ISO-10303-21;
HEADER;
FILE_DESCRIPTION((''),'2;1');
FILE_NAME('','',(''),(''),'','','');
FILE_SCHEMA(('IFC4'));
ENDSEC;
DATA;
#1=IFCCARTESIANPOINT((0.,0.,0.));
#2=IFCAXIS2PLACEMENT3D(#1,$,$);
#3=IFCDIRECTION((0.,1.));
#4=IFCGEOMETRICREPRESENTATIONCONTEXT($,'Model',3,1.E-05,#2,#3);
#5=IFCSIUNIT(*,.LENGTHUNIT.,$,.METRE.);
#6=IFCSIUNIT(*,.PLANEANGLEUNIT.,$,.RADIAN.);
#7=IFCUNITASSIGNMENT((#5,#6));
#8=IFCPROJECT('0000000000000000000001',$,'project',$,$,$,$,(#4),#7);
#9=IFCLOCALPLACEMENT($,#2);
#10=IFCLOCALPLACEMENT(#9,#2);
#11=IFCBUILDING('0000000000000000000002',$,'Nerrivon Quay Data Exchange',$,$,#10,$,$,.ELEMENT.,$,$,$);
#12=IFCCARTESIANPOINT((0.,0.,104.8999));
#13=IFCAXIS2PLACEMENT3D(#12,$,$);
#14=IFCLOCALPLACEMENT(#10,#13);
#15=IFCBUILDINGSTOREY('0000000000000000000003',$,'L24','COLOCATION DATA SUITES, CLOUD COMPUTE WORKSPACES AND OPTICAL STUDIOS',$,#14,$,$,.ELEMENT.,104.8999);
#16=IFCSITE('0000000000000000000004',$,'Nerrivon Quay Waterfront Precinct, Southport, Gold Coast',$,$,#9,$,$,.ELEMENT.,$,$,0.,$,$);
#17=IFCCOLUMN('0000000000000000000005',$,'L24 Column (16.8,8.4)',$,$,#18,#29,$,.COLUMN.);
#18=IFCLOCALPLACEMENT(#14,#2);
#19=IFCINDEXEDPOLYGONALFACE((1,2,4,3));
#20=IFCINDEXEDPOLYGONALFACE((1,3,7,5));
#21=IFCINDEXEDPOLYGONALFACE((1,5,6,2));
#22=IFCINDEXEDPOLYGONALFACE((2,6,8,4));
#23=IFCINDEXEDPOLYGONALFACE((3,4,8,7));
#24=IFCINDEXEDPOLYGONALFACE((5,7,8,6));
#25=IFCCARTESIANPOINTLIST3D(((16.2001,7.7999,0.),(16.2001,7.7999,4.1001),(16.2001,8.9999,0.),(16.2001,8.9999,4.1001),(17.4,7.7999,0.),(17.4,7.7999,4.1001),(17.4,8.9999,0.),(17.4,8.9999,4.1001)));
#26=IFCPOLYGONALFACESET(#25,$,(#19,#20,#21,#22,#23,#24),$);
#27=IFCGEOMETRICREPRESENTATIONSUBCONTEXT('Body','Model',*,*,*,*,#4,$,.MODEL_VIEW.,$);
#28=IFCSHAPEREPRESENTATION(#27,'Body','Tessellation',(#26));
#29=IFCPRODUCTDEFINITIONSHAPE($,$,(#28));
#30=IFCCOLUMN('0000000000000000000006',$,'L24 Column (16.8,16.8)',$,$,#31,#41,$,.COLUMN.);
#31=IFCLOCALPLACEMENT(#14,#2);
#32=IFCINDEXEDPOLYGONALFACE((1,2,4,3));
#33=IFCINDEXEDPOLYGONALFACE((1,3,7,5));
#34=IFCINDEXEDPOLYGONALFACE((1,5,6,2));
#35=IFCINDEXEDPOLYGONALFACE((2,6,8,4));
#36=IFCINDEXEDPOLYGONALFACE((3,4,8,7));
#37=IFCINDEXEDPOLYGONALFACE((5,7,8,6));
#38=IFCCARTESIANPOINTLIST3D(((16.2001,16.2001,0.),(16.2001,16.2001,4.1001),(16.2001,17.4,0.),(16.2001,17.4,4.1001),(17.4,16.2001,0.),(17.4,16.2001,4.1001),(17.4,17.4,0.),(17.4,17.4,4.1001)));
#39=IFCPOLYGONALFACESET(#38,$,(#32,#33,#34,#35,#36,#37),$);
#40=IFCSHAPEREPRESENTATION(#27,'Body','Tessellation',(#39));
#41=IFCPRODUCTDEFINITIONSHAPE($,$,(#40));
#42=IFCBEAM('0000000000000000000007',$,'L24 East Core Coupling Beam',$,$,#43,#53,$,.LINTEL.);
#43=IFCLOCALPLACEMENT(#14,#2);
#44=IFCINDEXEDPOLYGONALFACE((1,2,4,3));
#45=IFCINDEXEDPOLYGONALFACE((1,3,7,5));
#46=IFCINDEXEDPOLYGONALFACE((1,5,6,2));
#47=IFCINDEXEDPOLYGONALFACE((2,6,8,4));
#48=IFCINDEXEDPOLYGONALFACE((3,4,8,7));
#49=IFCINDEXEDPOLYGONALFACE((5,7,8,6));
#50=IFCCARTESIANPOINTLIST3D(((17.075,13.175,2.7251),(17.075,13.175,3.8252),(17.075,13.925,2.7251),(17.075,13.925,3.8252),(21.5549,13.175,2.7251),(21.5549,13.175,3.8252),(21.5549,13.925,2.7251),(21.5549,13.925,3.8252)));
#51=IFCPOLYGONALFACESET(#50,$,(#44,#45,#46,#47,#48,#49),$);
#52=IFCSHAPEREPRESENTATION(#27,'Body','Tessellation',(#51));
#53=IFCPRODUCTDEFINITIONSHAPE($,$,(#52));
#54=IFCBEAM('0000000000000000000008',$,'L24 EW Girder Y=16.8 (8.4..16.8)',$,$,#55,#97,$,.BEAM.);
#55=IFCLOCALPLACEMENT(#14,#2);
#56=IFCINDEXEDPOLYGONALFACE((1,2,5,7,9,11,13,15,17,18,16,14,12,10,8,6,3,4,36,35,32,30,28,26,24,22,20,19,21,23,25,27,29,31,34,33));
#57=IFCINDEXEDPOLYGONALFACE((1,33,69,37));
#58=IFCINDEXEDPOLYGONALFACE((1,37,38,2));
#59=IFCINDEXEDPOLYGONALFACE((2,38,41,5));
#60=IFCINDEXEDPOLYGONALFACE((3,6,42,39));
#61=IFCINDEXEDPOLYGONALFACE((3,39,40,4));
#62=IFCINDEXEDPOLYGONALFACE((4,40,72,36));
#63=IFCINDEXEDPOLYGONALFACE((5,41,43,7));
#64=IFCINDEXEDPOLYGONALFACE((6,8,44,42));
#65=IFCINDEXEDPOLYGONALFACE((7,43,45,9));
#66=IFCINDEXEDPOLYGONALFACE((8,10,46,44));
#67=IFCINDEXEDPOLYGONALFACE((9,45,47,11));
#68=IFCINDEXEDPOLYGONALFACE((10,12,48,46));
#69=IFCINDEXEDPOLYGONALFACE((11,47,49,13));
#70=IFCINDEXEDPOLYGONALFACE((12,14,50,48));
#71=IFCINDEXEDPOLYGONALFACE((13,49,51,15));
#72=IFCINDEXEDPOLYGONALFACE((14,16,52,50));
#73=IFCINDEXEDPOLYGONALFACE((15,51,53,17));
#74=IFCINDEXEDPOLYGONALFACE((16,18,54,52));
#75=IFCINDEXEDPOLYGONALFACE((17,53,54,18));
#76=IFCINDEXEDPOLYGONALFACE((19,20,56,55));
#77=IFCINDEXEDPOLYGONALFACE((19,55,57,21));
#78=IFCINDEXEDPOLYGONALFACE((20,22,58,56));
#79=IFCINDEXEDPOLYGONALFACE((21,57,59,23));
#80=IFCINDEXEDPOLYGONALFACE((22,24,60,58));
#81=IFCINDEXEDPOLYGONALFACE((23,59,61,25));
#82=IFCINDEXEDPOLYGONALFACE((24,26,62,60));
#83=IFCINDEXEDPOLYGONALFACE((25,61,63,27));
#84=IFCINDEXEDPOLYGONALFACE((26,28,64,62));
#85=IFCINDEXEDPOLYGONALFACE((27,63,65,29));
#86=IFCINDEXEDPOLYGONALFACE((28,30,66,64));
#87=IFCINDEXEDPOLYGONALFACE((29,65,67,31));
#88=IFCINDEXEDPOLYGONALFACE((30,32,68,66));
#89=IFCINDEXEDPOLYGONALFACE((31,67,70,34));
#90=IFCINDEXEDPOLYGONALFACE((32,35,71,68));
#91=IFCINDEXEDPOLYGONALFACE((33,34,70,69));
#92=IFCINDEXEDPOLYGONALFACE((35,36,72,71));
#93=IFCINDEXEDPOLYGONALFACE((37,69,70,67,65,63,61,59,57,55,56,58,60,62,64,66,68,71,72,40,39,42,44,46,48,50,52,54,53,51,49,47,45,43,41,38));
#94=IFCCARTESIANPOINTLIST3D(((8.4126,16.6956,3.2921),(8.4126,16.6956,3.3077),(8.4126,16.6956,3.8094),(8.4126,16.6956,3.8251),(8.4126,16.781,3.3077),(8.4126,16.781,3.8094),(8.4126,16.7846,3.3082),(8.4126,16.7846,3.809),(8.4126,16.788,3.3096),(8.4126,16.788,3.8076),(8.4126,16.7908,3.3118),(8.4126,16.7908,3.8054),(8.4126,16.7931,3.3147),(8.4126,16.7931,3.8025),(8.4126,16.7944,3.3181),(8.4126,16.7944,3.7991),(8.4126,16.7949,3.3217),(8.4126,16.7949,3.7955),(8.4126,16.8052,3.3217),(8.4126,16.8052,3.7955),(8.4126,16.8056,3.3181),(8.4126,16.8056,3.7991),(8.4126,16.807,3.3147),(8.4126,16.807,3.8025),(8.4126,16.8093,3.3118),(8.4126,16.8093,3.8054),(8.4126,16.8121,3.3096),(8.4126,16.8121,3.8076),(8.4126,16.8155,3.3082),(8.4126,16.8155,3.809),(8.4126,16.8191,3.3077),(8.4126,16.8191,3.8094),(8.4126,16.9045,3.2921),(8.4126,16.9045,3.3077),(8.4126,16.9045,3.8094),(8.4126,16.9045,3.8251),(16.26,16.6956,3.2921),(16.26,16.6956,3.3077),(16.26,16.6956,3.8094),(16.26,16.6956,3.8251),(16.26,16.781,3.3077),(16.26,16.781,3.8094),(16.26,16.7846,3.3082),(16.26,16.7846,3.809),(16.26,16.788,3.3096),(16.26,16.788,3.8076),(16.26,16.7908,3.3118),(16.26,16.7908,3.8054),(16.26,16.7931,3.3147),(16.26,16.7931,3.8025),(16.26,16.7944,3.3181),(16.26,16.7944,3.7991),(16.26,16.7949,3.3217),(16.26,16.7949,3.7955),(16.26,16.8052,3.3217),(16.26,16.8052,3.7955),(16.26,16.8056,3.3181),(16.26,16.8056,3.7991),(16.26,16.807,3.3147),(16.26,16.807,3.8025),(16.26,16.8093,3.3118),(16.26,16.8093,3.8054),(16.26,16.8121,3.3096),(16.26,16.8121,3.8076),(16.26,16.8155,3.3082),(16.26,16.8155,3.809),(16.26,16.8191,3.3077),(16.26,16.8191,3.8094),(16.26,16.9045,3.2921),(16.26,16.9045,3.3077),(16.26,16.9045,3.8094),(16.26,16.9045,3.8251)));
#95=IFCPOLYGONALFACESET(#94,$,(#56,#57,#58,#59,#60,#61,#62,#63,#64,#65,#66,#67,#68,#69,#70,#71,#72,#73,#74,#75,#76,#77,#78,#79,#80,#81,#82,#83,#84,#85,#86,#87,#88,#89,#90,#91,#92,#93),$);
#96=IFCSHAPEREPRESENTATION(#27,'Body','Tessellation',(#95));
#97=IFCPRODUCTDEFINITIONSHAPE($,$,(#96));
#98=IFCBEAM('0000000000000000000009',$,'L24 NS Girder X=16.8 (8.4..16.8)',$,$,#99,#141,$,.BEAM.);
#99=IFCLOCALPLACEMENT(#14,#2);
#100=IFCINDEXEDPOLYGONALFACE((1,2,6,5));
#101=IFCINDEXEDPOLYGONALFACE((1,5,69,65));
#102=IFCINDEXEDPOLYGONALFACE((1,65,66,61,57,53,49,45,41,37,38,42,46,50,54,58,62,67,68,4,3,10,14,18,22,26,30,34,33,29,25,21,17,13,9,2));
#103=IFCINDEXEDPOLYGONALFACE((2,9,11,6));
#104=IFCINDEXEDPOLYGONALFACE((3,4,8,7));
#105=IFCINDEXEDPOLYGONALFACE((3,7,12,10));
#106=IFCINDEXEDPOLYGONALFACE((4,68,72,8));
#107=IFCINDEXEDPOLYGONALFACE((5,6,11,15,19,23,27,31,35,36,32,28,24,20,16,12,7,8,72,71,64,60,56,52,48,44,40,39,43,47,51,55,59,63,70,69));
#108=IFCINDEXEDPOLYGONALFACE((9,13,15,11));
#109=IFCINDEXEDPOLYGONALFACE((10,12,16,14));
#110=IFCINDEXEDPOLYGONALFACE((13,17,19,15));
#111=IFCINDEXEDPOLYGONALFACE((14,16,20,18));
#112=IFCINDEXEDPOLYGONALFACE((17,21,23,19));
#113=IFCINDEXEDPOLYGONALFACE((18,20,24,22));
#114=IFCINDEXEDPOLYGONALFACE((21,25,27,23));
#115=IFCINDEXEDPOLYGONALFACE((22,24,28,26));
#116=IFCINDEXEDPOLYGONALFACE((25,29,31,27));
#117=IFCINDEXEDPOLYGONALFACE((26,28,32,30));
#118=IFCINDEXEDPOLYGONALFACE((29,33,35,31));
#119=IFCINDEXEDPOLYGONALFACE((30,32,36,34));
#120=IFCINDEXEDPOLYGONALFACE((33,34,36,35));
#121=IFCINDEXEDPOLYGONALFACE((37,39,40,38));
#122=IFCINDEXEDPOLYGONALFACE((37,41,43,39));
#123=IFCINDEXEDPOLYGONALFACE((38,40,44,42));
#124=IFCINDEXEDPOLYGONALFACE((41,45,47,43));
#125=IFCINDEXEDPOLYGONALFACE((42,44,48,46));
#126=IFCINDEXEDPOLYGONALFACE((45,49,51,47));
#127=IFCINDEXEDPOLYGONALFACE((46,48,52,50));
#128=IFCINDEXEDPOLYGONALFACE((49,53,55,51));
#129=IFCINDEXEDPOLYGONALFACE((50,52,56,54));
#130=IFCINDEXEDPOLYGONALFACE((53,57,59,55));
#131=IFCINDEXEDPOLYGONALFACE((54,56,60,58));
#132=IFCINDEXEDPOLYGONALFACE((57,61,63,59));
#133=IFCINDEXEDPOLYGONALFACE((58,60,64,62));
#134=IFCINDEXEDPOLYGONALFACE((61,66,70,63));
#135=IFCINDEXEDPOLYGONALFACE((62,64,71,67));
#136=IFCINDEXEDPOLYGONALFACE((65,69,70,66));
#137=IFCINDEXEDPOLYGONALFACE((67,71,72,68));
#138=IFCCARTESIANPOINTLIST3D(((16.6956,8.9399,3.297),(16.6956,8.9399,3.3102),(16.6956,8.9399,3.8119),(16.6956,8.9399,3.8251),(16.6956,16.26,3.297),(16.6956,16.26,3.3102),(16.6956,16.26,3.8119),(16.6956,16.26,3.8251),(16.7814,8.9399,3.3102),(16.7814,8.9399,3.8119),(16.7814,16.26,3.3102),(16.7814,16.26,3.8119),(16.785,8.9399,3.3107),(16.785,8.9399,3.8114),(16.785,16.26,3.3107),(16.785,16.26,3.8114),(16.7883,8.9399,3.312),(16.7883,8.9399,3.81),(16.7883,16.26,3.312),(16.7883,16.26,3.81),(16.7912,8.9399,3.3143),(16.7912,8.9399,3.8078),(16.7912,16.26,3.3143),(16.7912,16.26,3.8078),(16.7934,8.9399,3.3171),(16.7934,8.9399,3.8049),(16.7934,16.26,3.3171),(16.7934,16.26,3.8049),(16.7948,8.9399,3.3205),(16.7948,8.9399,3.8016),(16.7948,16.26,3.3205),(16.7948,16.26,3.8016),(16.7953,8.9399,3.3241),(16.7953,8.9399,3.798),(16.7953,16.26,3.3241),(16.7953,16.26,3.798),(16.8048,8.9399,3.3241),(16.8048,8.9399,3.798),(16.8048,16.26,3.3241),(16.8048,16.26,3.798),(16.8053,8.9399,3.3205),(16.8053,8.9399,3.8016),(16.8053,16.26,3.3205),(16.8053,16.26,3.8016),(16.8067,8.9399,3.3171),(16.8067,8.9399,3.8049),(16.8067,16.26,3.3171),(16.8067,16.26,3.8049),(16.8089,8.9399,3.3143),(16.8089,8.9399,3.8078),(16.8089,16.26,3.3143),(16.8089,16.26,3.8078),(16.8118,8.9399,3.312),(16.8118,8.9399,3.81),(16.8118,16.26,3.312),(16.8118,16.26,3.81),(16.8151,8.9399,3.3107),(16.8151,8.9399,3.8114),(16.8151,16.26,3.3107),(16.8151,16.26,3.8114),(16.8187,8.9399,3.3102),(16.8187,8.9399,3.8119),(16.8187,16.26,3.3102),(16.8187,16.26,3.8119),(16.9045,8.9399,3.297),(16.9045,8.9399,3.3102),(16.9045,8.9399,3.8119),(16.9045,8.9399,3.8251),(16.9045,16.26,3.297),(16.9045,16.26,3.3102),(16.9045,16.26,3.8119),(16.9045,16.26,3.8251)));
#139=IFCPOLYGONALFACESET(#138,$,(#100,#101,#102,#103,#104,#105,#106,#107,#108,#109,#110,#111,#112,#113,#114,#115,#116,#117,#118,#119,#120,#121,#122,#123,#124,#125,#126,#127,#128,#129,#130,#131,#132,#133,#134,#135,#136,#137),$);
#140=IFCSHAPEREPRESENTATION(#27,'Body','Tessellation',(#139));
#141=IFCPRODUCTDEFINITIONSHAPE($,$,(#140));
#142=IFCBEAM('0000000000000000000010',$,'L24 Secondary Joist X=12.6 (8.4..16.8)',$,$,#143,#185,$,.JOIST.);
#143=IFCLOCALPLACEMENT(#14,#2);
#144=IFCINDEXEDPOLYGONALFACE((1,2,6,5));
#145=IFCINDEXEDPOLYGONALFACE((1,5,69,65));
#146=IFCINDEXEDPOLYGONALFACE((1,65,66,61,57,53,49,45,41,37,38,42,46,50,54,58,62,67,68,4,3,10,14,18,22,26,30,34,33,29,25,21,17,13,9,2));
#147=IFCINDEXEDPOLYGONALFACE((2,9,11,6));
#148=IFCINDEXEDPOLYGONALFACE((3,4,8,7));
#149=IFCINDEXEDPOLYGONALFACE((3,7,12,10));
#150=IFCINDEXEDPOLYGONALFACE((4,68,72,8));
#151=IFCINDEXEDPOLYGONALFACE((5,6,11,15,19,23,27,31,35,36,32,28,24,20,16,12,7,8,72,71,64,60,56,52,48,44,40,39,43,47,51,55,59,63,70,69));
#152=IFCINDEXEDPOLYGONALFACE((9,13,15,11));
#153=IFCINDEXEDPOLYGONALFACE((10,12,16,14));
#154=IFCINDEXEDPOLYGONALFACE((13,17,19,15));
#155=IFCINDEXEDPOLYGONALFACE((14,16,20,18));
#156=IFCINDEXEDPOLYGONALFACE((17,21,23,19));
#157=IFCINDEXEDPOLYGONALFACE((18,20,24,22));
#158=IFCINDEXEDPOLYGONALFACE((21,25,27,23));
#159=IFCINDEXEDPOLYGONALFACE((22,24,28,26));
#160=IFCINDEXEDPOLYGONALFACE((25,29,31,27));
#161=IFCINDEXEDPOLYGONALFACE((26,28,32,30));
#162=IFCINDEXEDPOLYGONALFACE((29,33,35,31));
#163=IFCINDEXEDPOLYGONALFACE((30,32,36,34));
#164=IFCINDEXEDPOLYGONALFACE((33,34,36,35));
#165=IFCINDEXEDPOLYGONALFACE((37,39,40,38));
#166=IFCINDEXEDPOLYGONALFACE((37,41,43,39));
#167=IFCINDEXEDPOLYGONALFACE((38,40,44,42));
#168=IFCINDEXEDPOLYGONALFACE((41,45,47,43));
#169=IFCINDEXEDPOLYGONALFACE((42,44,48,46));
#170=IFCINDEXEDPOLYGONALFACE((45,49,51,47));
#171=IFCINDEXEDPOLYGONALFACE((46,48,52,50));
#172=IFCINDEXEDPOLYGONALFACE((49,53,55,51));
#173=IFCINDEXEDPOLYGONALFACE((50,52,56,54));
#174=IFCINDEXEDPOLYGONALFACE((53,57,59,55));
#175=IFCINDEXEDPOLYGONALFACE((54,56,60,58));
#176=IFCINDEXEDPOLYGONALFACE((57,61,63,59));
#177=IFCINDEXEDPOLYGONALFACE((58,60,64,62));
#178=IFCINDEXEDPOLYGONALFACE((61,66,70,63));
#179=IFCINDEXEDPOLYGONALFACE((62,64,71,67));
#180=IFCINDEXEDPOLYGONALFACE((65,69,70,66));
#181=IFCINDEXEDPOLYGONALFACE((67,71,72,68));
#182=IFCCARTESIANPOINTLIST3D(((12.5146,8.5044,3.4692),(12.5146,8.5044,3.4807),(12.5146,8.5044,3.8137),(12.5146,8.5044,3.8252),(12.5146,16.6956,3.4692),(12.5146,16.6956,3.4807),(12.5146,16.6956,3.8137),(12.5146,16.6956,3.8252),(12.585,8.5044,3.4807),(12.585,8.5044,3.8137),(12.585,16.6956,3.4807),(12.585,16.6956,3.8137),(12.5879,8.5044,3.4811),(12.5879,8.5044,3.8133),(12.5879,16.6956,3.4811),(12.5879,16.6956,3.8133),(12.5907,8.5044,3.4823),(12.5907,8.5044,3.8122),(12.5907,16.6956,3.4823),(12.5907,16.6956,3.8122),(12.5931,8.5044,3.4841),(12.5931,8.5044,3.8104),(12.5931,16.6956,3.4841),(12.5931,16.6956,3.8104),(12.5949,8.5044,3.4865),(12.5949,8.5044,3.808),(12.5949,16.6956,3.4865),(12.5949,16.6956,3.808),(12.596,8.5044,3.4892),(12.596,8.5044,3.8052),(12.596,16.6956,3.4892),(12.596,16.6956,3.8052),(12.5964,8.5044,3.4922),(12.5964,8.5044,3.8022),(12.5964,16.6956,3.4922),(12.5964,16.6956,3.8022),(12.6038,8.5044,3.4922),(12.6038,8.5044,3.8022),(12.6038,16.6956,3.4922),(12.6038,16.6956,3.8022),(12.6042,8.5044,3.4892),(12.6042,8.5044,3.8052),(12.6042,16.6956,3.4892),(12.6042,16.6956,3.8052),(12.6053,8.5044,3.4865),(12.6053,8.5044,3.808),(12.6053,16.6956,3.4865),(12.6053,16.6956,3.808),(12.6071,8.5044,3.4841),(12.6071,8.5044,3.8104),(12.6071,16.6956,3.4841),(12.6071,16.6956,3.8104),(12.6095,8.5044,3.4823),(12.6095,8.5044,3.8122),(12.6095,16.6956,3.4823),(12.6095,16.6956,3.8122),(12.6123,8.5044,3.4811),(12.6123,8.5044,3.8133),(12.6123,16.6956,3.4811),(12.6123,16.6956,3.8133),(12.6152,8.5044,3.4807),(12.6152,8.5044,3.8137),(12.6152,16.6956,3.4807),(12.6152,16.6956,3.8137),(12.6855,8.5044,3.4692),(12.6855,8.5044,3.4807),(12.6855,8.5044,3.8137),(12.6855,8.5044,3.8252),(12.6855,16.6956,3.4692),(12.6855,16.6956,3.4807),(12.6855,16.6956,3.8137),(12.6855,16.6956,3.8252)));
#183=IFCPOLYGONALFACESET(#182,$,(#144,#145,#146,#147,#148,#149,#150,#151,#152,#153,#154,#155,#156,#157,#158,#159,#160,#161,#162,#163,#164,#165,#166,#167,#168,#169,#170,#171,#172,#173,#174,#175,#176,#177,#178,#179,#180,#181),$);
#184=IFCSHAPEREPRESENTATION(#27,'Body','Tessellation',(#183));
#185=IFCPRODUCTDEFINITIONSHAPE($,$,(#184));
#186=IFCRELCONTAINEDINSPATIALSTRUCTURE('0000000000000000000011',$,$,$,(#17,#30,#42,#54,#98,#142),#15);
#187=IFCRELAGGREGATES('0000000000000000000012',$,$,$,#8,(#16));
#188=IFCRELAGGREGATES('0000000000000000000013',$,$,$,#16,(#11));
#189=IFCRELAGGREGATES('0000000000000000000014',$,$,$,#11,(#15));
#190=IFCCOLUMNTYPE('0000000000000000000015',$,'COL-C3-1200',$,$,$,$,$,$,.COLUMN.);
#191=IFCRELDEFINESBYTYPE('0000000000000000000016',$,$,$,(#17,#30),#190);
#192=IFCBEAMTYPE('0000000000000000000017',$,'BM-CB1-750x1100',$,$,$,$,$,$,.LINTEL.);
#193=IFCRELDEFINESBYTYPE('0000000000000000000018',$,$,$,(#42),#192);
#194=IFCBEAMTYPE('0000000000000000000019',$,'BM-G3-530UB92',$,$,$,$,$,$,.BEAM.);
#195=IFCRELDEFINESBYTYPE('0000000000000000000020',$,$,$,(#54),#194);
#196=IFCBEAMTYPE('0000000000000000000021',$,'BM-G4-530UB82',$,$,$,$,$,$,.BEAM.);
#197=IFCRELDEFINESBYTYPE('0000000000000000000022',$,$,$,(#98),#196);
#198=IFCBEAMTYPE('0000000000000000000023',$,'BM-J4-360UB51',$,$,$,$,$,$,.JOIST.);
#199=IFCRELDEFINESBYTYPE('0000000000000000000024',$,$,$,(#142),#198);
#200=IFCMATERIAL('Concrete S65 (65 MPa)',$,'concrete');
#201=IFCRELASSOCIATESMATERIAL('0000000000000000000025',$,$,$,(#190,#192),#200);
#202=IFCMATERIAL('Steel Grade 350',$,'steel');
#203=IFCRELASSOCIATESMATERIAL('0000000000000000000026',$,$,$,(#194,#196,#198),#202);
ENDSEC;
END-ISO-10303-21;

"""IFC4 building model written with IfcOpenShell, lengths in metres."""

from ifc_helpers import new_model, si_unit, direction, frame, origin, origin_2d, place, context, subcontext, project, spatial, rectangle, i_section, extrude, material, material_profile, profile_set, type_object, element, save


model = new_model("IFC4")

# Units and contexts
model_context = context("Model", 3, precision=1e-05, world=origin(), true_north=direction((0.0, 1.0)))
body_context = subcontext(model_context, "Body", "Model", "MODEL_VIEW")
ifc_project = project(units=[si_unit("LENGTHUNIT", "METRE"), si_unit("PLANEANGLEUNIT", "RADIAN")], contexts=[model_context])

# Site, building, storey
site_placement = place(None, origin())
site = spatial("IfcSite", under=ifc_project, at=site_placement, Name="Nerrivon Quay Waterfront Precinct, Southport, Gold Coast", CompositionType="ELEMENT", RefElevation=0.0)
building_placement = place(site_placement, origin())
building = spatial("IfcBuilding", under=site, at=building_placement, Name="Nerrivon Quay Data Exchange", CompositionType="ELEMENT")
storey_placement = place(building_placement, frame((0.0, 0.0, 104.8999)))
storey = spatial("IfcBuildingStorey", under=building, at=storey_placement, Name="L24", Description="COLOCATION DATA SUITES, CLOUD COMPUTE WORKSPACES AND OPTICAL STUDIOS", CompositionType="ELEMENT", Elevation=104.8999)

# Columns
ifc_material_1 = material(Name="Concrete S65 (65 MPa)", Category="concrete")
ifc_material_profile_1 = material_profile(ifc_material_1, rectangle(XDim=1.2, YDim=1.2, at=origin_2d()), Name="RC-COL-1200x1200")
ifc_profile_set_1 = profile_set([ifc_material_profile_1], Name="Concrete S65 (65 MPa)")
column_type = type_object("IfcColumnType", Name="COL-C3-1200", PredefinedType="COLUMN", material=ifc_profile_set_1)
for number, where, z_axis, x_axis, name in (
    (1, (16.8, 8.3999, 0.0), (0.0, 0.0, 1.0), (1.0, 0.0, 0.0), "L24 Column (16.8,8.4)"),
    (2, (16.8, 16.8, 0.0), (0.0, 0.0, 1.0), (1.0, 0.0, 0.0), "L24 Column (16.8,16.8)"),
):
    element("IfcColumn", number, at=place(storey_placement, frame(where, z_axis=z_axis, x_axis=x_axis)), inside=storey, type_object=column_type, Name=name, PredefinedType="COLUMN", context=body_context, shape_type="SweptSolid", body=[
        extrude(rectangle(XDim=1.2, YDim=1.2, at=origin_2d()), origin(), (0.0, 0.0, 1.0), 4.1001),
    ])

# Beams
ifc_material_profile_2 = material_profile(ifc_material_1, rectangle(XDim=0.75, YDim=1.1001, at=origin_2d()), Name="RC-CB-750x1100")
ifc_profile_set_2 = profile_set([ifc_material_profile_2], Name="Concrete S65 (65 MPa)")
beam_type_1 = type_object("IfcBeamType", Name="BM-CB1-750x1100", PredefinedType="LINTEL", material=ifc_profile_set_2)
beam_1_placement = place(storey_placement, frame((17.075, 13.55, 3.2751), z_axis=(1.0, 0.0, 0.0), x_axis=(0.0, 1.0, 0.0)))
element("IfcBeam", 3, at=beam_1_placement, inside=storey, type_object=beam_type_1, Name="L24 East Core Coupling Beam", PredefinedType="LINTEL", context=body_context, shape_type="SweptSolid", body=[
    extrude(rectangle(XDim=0.75, YDim=1.1001, at=origin_2d()), origin(), (0.0, 0.0, 1.0), 4.48),
])
ifc_material_2 = material(Name="Steel Grade 350", Category="steel")
ifc_material_profile_3 = material_profile(ifc_material_2, i_section(OverallWidth=0.209, OverallDepth=0.533, WebThickness=0.0103, FlangeThickness=0.0156, FilletRadius=0.0139, at=origin_2d()), Name="530UB92.4")
ifc_profile_set_3 = profile_set([ifc_material_profile_3], Name="Steel Grade 350")
beam_type_2 = type_object("IfcBeamType", Name="BM-G3-530UB92", PredefinedType="BEAM", material=ifc_profile_set_3)
beam_2_placement = place(storey_placement, frame((8.4126, 16.8, 3.5586), z_axis=(1.0, 0.0, 0.0), x_axis=(0.0, 1.0, 0.0)))
element("IfcBeam", 4, at=beam_2_placement, inside=storey, type_object=beam_type_2, Name="L24 EW Girder Y=16.8 (8.4..16.8)", PredefinedType="BEAM", context=body_context, shape_type="SweptSolid", body=[
    extrude(i_section(OverallWidth=0.209, OverallDepth=0.533, WebThickness=0.0103, FlangeThickness=0.0156, FilletRadius=0.0139, at=origin_2d()), origin(), (0.0, 0.0, 1.0), 7.8474),
])
ifc_material_profile_4 = material_profile(ifc_material_2, i_section(OverallWidth=0.209, OverallDepth=0.5281, WebThickness=0.0095, FlangeThickness=0.0132, FilletRadius=0.0139, at=origin_2d()), Name="530UB82.0")
ifc_profile_set_4 = profile_set([ifc_material_profile_4], Name="Steel Grade 350")
beam_type_3 = type_object("IfcBeamType", Name="BM-G4-530UB82", PredefinedType="BEAM", material=ifc_profile_set_4)
beam_3_placement = place(storey_placement, frame((16.8, 8.9399, 3.561), z_axis=(0.0, 1.0, 0.0), x_axis=(-1.0, 0.0, 0.0)))
element("IfcBeam", 5, at=beam_3_placement, inside=storey, type_object=beam_type_3, Name="L24 NS Girder X=16.8 (8.4..16.8)", PredefinedType="BEAM", context=body_context, shape_type="SweptSolid", body=[
    extrude(i_section(OverallWidth=0.209, OverallDepth=0.5281, WebThickness=0.0095, FlangeThickness=0.0132, FilletRadius=0.0139, at=origin_2d()), origin(), (0.0, 0.0, 1.0), 7.3201),
])
ifc_material_profile_5 = material_profile(ifc_material_2, i_section(OverallWidth=0.1709, OverallDepth=0.356, WebThickness=0.0073, FlangeThickness=0.0115, FilletRadius=0.0115, at=origin_2d()), Name="360UB50.7")
ifc_profile_set_5 = profile_set([ifc_material_profile_5], Name="Steel Grade 350")
beam_type_4 = type_object("IfcBeamType", Name="BM-J4-360UB51", PredefinedType="JOIST", material=ifc_profile_set_5)
beam_4_placement = place(storey_placement, frame((12.6001, 8.5044, 3.6472), z_axis=(0.0, 1.0, 0.0), x_axis=(-1.0, 0.0, 0.0)))
element("IfcBeam", 6, at=beam_4_placement, inside=storey, type_object=beam_type_4, Name="L24 Secondary Joist X=12.6 (8.4..16.8)", PredefinedType="JOIST", context=body_context, shape_type="SweptSolid", body=[
    extrude(i_section(OverallWidth=0.1709, OverallDepth=0.356, WebThickness=0.0073, FlangeThickness=0.0115, FilletRadius=0.0115, at=origin_2d()), origin(), (0.0, 0.0, 1.0), 8.1912),
])

save(model, "model.ifc")
